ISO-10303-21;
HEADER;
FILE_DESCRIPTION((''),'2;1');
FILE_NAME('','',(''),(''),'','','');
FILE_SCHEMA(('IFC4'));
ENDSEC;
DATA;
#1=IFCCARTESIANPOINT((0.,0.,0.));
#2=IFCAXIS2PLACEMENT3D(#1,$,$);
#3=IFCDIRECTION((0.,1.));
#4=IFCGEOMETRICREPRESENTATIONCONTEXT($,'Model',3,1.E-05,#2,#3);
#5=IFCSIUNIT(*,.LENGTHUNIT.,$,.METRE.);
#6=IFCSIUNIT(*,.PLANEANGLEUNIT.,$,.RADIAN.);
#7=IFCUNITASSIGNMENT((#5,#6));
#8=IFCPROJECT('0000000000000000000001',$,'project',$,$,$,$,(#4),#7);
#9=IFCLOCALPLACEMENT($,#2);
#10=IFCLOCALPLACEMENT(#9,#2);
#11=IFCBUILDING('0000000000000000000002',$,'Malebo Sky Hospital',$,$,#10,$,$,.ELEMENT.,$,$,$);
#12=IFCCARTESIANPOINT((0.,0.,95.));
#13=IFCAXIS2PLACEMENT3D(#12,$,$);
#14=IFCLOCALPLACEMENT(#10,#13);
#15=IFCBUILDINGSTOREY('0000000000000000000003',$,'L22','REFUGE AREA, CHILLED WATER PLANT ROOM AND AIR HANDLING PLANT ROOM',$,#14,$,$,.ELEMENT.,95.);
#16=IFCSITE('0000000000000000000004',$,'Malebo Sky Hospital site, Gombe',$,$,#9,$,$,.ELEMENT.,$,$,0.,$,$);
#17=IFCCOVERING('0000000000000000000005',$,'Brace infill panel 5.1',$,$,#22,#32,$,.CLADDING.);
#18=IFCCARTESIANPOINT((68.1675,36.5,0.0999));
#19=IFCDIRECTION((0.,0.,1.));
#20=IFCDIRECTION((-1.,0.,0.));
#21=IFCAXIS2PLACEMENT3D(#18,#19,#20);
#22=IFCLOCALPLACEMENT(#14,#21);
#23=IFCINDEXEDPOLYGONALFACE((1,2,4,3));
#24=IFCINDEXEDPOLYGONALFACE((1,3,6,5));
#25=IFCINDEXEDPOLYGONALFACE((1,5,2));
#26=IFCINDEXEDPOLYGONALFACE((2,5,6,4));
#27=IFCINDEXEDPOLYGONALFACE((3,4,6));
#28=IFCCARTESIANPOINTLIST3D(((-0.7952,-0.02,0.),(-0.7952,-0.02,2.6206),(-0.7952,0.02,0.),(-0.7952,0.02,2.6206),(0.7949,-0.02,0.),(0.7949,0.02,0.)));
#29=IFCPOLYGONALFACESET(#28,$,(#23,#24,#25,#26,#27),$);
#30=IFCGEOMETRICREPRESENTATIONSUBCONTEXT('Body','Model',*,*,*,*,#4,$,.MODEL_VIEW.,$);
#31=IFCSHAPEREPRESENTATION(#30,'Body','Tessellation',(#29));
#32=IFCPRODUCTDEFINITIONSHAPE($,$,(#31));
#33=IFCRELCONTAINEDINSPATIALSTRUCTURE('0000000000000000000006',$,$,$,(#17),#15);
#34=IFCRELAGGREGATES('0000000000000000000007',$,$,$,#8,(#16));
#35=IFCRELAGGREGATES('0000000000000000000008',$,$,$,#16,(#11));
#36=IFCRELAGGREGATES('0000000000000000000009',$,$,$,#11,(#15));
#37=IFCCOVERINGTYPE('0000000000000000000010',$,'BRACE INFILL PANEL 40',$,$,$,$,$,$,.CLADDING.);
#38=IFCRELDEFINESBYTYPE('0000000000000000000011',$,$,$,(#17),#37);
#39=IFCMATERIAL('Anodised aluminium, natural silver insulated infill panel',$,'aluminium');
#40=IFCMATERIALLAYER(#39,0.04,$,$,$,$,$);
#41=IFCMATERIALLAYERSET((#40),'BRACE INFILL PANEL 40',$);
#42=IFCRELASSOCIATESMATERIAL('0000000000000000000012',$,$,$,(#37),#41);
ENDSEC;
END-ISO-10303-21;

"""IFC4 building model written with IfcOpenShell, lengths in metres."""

from ifc_helpers import new_model, si_unit, direction, frame, origin, place, context, subcontext, project, spatial, polyline, outline, extrude, material, layer, layer_set, type_object, element, save


model = new_model("IFC4")

# Units and contexts
model_context = context("Model", 3, precision=1e-05, world=origin(), true_north=direction((0.0, 1.0)))
body_context = subcontext(model_context, "Body", "Model", "MODEL_VIEW")
ifc_project = project(units=[si_unit("LENGTHUNIT", "METRE"), si_unit("PLANEANGLEUNIT", "RADIAN")], contexts=[model_context])

# Site, building, storey
site_placement = place(None, origin())
site = spatial("IfcSite", under=ifc_project, at=site_placement, Name="Malebo Sky Hospital site, Gombe", CompositionType="ELEMENT", RefElevation=0.0)
building_placement = place(site_placement, origin())
building = spatial("IfcBuilding", under=site, at=building_placement, Name="Malebo Sky Hospital", CompositionType="ELEMENT")
storey_placement = place(building_placement, frame((0.0, 0.0, 95.0)))
storey = spatial("IfcBuildingStorey", under=building, at=storey_placement, Name="L22", Description="REFUGE AREA, CHILLED WATER PLANT ROOM AND AIR HANDLING PLANT ROOM", CompositionType="ELEMENT", Elevation=95.0)

# Covering
ifc_material_1 = material(Name="Anodised aluminium, natural silver insulated infill panel", Category="aluminium")
ifc_layer_1 = layer(ifc_material_1, 0.04)
ifc_layer_set_1 = layer_set([ifc_layer_1], Name="BRACE INFILL PANEL 40")
covering_type = type_object("IfcCoveringType", Name="BRACE INFILL PANEL 40", PredefinedType="CLADDING", material=ifc_layer_set_1)
covering_1_placement = place(storey_placement, frame((68.1675, 36.5, 0.0999), z_axis=(0.0, 0.0, 1.0), x_axis=(-1.0, 0.0, 0.0)))
element("IfcCovering", 1, at=covering_1_placement, inside=storey, type_object=covering_type, Name="Brace infill panel 5.1", PredefinedType="CLADDING", context=body_context, shape_type="SweptSolid", body=[
    extrude(outline(polyline([(-0.7952, 0.0), (0.7949, 0.0), (-0.7952, 2.6206), (-0.7952, 0.0)])), frame((0.0, 0.02, 0.0), z_axis=(0.0, -1.0, 0.0), x_axis=(1.0, 0.0, 0.0)), (0.0, 0.0, 1.0), 0.04),
])

save(model, "model.ifc")
